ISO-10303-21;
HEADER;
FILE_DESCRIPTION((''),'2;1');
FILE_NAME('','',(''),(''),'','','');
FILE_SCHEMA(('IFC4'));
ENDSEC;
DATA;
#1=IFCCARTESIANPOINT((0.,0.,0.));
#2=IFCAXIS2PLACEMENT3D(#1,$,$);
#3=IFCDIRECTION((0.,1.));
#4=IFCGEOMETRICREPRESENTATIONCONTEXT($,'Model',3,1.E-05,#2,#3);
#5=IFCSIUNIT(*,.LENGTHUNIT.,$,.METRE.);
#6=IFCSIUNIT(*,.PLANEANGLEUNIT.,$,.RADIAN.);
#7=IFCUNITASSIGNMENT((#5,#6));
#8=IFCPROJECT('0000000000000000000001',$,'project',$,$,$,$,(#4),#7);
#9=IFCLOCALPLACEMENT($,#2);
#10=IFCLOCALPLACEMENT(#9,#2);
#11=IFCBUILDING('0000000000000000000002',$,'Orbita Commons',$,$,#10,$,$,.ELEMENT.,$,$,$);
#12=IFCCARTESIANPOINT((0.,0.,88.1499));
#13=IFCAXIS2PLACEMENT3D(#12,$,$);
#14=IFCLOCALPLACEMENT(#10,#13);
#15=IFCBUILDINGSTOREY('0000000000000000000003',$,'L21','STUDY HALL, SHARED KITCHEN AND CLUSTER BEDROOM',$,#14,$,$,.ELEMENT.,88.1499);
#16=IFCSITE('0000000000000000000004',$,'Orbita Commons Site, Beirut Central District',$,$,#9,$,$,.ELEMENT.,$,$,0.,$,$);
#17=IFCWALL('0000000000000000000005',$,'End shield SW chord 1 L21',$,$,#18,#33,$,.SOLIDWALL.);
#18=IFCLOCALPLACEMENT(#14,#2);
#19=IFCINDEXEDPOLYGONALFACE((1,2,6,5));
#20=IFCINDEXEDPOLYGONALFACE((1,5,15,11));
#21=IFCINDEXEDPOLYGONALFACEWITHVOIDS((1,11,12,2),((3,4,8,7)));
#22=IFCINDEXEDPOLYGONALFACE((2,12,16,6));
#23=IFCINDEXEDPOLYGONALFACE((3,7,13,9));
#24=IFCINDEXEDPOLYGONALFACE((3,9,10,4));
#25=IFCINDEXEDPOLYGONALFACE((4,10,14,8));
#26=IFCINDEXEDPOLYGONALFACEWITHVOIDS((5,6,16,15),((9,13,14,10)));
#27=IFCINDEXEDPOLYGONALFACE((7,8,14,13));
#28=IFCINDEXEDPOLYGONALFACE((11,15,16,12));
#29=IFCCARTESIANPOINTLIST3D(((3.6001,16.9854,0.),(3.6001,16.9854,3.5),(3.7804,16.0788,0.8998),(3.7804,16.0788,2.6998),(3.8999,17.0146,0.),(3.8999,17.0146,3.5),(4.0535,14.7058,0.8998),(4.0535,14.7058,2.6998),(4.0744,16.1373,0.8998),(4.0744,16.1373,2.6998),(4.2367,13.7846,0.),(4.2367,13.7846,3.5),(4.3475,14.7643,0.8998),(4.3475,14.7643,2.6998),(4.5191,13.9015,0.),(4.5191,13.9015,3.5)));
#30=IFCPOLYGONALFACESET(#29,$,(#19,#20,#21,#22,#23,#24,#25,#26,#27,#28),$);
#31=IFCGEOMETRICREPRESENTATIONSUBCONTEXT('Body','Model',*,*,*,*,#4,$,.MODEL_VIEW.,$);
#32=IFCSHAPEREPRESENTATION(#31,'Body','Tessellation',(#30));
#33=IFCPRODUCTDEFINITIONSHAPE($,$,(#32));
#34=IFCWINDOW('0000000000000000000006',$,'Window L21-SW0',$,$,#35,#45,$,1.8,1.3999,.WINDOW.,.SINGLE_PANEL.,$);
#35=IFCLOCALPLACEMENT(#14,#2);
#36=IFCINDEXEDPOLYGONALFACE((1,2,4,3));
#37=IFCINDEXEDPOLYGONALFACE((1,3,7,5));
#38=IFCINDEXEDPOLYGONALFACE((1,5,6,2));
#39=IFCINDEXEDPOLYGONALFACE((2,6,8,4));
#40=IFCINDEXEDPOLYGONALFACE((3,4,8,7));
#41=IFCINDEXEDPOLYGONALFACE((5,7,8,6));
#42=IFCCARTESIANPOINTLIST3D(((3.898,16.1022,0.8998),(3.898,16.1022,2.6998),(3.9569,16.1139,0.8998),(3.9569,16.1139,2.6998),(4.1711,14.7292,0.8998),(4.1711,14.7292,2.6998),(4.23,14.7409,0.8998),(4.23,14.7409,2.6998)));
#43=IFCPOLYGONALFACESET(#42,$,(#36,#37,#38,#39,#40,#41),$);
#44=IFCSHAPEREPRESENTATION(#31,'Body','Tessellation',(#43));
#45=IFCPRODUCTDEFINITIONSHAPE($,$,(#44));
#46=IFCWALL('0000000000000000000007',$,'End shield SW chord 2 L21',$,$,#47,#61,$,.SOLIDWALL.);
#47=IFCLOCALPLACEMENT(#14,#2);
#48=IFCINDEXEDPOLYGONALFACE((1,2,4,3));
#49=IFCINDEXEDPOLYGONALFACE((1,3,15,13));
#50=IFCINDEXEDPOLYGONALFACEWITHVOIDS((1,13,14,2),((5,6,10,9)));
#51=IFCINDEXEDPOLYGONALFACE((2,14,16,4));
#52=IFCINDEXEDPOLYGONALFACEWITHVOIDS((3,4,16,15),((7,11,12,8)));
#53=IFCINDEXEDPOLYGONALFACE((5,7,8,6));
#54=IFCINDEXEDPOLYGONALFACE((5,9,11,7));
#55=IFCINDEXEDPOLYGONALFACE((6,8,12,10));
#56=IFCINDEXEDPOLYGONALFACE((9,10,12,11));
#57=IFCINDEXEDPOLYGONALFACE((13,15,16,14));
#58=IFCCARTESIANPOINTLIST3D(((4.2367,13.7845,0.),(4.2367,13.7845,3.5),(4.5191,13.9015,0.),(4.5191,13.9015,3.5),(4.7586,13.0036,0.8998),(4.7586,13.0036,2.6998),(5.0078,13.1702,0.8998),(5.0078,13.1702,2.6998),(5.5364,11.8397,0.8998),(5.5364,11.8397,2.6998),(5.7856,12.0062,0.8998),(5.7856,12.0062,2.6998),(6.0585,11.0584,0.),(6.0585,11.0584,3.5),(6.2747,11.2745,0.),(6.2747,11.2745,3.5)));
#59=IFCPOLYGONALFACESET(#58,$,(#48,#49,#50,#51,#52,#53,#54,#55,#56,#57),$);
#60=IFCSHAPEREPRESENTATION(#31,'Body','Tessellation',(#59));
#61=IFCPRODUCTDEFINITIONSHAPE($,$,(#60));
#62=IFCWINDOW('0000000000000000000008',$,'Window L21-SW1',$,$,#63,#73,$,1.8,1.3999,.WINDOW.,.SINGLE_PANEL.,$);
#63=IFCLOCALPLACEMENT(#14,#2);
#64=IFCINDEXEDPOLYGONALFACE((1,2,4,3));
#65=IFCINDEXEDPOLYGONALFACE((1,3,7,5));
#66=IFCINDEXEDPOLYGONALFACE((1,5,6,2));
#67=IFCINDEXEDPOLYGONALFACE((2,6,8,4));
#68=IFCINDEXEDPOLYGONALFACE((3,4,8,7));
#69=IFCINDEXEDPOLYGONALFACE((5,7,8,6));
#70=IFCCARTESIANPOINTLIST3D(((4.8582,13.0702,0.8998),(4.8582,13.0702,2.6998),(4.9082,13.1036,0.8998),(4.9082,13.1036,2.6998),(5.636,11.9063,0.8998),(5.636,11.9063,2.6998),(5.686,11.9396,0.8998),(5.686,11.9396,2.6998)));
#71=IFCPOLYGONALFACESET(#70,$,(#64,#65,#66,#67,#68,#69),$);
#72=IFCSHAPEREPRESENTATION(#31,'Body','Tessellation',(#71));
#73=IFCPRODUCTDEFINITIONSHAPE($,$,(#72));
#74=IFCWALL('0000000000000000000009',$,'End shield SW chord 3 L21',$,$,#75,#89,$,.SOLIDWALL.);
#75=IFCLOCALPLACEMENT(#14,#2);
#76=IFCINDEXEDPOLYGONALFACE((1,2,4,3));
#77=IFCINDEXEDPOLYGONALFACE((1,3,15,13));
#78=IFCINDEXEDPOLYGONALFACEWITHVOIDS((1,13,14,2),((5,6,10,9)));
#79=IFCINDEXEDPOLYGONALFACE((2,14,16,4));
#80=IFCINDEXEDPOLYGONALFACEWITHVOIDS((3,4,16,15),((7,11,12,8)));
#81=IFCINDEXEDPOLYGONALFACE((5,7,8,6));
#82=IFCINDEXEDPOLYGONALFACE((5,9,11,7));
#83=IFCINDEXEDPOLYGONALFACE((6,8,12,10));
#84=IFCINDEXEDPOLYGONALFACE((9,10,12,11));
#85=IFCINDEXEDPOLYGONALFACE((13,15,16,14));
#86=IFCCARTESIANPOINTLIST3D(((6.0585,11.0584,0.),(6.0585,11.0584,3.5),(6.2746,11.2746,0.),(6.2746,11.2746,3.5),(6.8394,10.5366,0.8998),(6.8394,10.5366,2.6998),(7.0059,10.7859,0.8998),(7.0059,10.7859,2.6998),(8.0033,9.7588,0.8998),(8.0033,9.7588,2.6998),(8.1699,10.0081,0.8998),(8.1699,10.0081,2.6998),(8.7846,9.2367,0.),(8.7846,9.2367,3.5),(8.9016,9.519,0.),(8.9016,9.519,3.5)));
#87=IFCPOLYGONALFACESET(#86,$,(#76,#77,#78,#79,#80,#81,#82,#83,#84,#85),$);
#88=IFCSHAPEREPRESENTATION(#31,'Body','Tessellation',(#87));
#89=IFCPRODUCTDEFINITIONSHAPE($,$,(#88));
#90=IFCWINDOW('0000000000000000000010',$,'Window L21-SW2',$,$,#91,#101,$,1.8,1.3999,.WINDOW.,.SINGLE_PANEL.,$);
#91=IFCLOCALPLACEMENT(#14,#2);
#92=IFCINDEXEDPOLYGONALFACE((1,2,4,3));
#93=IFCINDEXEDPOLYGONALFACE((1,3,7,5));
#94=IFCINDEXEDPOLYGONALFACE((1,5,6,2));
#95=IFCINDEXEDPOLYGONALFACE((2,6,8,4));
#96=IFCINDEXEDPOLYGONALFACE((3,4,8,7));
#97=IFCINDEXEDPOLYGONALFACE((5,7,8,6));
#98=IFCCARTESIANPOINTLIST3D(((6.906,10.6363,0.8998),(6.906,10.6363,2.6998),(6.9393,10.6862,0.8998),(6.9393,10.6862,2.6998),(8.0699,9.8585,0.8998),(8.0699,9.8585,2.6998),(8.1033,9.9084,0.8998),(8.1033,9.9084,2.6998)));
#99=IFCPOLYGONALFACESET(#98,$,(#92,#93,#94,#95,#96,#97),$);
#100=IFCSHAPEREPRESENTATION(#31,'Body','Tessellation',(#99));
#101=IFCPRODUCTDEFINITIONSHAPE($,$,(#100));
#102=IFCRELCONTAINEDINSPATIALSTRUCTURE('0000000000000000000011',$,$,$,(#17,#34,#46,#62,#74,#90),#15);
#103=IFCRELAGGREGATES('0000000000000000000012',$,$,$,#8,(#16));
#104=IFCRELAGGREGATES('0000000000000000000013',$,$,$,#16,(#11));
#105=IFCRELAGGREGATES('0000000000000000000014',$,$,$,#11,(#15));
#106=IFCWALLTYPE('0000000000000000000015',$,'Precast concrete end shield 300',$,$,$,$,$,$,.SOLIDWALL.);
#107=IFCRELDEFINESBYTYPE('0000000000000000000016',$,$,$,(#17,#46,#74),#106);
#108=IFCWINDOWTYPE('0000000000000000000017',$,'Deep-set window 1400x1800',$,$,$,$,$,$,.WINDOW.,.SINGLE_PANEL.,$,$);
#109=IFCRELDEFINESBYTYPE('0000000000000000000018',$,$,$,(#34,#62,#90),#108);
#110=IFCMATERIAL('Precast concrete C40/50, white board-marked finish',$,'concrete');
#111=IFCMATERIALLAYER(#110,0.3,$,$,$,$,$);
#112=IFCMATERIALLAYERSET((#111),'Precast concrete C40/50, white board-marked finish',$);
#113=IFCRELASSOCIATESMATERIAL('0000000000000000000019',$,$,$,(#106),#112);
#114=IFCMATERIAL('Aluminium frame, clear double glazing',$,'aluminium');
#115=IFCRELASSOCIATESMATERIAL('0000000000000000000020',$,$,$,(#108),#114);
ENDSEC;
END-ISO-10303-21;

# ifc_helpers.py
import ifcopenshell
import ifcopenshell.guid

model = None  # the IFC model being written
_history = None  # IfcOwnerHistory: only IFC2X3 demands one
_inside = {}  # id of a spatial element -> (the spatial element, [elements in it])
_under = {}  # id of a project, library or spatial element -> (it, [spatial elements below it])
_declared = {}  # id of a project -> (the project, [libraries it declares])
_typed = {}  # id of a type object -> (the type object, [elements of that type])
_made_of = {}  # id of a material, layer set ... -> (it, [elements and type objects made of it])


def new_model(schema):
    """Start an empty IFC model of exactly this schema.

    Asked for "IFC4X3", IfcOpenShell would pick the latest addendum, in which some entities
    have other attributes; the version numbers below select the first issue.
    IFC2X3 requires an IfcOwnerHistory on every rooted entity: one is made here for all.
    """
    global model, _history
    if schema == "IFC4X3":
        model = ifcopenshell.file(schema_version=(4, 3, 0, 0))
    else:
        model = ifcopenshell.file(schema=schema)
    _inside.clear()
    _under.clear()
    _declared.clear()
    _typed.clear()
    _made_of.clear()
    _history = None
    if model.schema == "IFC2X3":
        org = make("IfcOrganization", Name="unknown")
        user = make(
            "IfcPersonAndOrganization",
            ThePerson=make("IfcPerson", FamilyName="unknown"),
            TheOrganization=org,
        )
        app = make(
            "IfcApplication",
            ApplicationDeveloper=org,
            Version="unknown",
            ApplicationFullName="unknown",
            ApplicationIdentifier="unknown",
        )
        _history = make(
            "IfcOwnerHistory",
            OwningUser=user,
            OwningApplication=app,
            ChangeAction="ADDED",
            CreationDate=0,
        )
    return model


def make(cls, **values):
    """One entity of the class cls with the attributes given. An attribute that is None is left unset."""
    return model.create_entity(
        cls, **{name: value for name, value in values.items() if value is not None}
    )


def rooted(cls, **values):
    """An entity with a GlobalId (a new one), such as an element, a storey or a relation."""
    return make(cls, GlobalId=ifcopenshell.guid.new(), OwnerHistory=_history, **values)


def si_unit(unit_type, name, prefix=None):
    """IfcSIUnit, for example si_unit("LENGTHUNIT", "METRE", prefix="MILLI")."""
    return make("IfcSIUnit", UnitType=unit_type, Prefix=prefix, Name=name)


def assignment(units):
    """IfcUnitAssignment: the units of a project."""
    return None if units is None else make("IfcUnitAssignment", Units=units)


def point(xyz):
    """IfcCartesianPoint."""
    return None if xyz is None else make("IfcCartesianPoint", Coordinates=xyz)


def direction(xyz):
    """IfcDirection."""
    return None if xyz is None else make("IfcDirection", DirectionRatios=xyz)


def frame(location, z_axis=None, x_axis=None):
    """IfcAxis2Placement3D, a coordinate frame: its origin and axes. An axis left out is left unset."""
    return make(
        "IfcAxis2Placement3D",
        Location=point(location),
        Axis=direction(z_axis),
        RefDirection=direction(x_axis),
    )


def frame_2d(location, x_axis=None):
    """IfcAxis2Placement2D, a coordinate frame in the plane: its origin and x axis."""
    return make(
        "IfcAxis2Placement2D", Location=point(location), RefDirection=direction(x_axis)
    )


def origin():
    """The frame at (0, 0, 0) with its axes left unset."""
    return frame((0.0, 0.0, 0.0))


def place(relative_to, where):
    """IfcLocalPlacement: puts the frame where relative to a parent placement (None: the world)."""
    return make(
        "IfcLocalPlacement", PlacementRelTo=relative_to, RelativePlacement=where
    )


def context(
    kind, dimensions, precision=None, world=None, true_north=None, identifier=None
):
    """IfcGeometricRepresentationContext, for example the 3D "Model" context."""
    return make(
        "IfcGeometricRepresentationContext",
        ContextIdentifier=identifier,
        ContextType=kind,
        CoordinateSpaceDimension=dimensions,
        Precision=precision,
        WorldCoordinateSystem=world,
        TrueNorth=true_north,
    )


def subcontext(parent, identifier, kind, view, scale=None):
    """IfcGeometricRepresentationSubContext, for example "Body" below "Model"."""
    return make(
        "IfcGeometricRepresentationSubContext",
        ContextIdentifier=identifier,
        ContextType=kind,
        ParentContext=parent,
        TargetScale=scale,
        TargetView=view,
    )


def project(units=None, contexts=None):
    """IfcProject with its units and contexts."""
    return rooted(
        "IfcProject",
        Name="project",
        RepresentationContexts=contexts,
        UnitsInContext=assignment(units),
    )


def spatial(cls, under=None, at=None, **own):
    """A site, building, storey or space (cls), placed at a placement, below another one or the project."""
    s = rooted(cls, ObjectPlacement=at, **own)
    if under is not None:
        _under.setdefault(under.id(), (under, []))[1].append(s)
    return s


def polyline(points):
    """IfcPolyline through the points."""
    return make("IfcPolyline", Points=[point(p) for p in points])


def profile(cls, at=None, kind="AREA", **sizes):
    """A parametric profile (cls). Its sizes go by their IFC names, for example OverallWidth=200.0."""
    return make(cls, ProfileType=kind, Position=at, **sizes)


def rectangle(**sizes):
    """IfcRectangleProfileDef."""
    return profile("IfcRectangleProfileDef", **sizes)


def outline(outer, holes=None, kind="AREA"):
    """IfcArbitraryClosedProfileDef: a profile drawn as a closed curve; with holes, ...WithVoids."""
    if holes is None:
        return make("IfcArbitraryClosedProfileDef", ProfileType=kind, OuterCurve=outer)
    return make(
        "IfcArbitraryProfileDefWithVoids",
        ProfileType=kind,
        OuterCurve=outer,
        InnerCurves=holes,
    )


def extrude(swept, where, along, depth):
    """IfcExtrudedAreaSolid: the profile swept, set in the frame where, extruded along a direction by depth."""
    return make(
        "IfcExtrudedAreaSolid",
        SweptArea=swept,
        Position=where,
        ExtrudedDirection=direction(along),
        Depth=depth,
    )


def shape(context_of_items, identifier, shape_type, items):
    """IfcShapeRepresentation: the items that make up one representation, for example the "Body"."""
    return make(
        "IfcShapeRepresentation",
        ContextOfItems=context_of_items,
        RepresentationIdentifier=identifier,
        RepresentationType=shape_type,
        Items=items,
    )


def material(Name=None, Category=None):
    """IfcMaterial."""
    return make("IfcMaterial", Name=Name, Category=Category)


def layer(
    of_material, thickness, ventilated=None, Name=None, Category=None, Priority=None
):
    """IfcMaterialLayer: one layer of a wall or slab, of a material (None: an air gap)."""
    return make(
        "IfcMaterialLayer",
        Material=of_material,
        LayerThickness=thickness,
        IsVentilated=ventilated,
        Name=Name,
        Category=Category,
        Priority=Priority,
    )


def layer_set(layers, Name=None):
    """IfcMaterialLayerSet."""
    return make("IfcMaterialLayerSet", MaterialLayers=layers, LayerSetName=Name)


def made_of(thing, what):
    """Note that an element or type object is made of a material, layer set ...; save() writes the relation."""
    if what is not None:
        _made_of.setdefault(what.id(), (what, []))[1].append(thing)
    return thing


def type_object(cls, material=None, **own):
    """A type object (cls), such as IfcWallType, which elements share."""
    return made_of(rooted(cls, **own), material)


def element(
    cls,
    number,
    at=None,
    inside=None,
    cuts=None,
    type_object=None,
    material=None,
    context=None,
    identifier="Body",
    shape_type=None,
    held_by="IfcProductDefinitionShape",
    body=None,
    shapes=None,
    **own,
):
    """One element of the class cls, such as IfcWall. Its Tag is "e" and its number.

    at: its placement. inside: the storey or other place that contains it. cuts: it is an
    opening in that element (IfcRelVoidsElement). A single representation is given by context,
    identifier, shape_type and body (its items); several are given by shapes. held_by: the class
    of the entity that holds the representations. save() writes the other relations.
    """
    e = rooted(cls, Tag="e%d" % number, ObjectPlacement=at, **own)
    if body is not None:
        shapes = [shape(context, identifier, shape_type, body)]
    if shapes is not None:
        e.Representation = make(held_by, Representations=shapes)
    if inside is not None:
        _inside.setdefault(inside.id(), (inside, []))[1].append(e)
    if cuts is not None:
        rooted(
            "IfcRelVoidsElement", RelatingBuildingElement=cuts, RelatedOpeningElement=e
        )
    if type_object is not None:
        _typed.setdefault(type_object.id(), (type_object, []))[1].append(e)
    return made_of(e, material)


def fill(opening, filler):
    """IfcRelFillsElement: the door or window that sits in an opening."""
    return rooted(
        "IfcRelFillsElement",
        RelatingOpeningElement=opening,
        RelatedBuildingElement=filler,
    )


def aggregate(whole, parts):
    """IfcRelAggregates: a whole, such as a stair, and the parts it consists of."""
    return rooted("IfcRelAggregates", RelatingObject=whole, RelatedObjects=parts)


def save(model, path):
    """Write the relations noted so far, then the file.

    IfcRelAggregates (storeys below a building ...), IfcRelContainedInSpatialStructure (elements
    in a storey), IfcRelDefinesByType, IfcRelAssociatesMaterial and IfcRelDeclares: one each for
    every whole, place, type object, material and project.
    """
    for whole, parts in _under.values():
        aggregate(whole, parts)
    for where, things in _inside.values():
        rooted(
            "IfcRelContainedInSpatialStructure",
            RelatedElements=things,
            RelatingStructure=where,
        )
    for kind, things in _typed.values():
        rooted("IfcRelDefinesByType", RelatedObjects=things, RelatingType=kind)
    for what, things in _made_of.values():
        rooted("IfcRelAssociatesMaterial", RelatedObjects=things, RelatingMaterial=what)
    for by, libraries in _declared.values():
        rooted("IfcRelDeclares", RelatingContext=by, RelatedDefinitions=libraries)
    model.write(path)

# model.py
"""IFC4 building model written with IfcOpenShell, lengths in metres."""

from ifc_helpers import new_model, si_unit, direction, frame, frame_2d, origin, place, context, subcontext, project, spatial, polyline, rectangle, outline, extrude, material, layer, layer_set, type_object, element, fill, save


model = new_model("IFC4")

# Units and contexts
model_context = context("Model", 3, precision=1e-05, world=origin(), true_north=direction((0.0, 1.0)))
body_context = subcontext(model_context, "Body", "Model", "MODEL_VIEW")
ifc_project = project(units=[si_unit("LENGTHUNIT", "METRE"), si_unit("PLANEANGLEUNIT", "RADIAN")], contexts=[model_context])

# Site, building, storey
site_placement = place(None, origin())
site = spatial("IfcSite", under=ifc_project, at=site_placement, Name="Orbita Commons Site, Beirut Central District", CompositionType="ELEMENT", RefElevation=0.0)
building_placement = place(site_placement, origin())
building = spatial("IfcBuilding", under=site, at=building_placement, Name="Orbita Commons", CompositionType="ELEMENT")
storey_placement = place(building_placement, frame((0.0, 0.0, 88.1499)))
storey = spatial("IfcBuildingStorey", under=building, at=storey_placement, Name="L21", Description="STUDY HALL, SHARED KITCHEN AND CLUSTER BEDROOM", CompositionType="ELEMENT", Elevation=88.1499)

# Walls, openings, windows
ifc_material_1 = material(Name="Precast concrete C40/50, white board-marked finish", Category="concrete")
ifc_layer_1 = layer(ifc_material_1, 0.3)
ifc_layer_set_1 = layer_set([ifc_layer_1], Name="Precast concrete C40/50, white board-marked finish")
wall_type_1 = type_object("IfcWallType", Name="Precast concrete end shield 300", PredefinedType="SOLIDWALL", material=ifc_layer_set_1)
wall_1_placement = place(storey_placement, frame((3.75, 17.0, 0.0), z_axis=(0.0, 0.0, 1.0), x_axis=(0.19508, -0.980787, 0.0)))
wall_1 = element("IfcWall", 1, at=wall_1_placement, inside=storey, type_object=wall_type_1, Name="End shield SW chord 1 L21", PredefinedType="SOLIDWALL", context=body_context, shape_type="SweptSolid", body=[
    extrude(outline(polyline([(-0.0149, -0.1499), (3.2485, -0.1499), (3.189, 0.1499), (0.0149, 0.1499), (-0.0149, -0.1499)])), origin(), (0.0, 0.0, 1.0), 3.5),
])
opening_1_placement = place(wall_1_placement, frame((0.9094, 0.0, 0.8999)))
opening_1 = element("IfcOpeningElement", 2, at=opening_1_placement, cuts=wall_1, PredefinedType="OPENING", context=body_context, shape_type="SweptSolid", body=[
    extrude(rectangle(XDim=1.3999, YDim=1.8, at=frame_2d((0.7, 0.8999))), frame((0.0, 0.1599, 0.0), z_axis=(0.0, -1.0, 0.0), x_axis=(1.0, 0.0, 0.0)), (0.0, 0.0, 1.0), 0.3201),
])
ifc_material_2 = material(Name="Aluminium frame, clear double glazing", Category="aluminium")
window_type = type_object("IfcWindowType", Name="Deep-set window 1400x1800", PartitioningType="SINGLE_PANEL", PredefinedType="WINDOW", material=ifc_material_2)
window_1_placement = place(opening_1_placement, origin())
window_1 = element("IfcWindow", 3, at=window_1_placement, inside=storey, type_object=window_type, Name="Window L21-SW0", OverallHeight=1.8, OverallWidth=1.3999, PartitioningType="SINGLE_PANEL", PredefinedType="WINDOW", context=body_context, shape_type="SweptSolid", body=[
    extrude(rectangle(XDim=1.3999, YDim=1.8, at=frame_2d((0.7, 0.8999))), frame((0.0, 0.03, 0.0), z_axis=(0.0, -1.0, 0.0), x_axis=(1.0, 0.0, 0.0)), (0.0, 0.0, 1.0), 0.0601),
])
fill(opening_1, window_1)
wall_2_placement = place(storey_placement, frame((4.3779, 13.843, 0.0), z_axis=(0.0, 0.0, 1.0), x_axis=(0.55561, -0.831443, 0.0)))
wall_2 = element("IfcWall", 4, at=wall_2_placement, inside=storey, type_object=wall_type_1, Name="End shield SW chord 2 L21", PredefinedType="SOLIDWALL", context=body_context, shape_type="SweptSolid", body=[
    extrude(outline(polyline([(-0.0298, -0.1499), (3.249, -0.1499), (3.1895, 0.1499), (0.0298, 0.1499), (-0.0298, -0.1499)])), origin(), (0.0, 0.0, 1.0), 3.5),
])
opening_2_placement = place(wall_2_placement, frame((0.9094, 0.0, 0.8999)))
opening_2 = element("IfcOpeningElement", 5, at=opening_2_placement, cuts=wall_2, PredefinedType="OPENING", context=body_context, shape_type="SweptSolid", body=[
    extrude(rectangle(XDim=1.3999, YDim=1.8, at=frame_2d((0.7, 0.8999))), frame((0.0, 0.1599, 0.0), z_axis=(0.0, -1.0, 0.0), x_axis=(1.0, 0.0, 0.0)), (0.0, 0.0, 1.0), 0.3201),
])
window_2_placement = place(opening_2_placement, origin())
window_2 = element("IfcWindow", 6, at=window_2_placement, inside=storey, type_object=window_type, Name="Window L21-SW1", OverallHeight=1.8, OverallWidth=1.3999, PartitioningType="SINGLE_PANEL", PredefinedType="WINDOW", context=body_context, shape_type="SweptSolid", body=[
    extrude(rectangle(XDim=1.3999, YDim=1.8, at=frame_2d((0.7, 0.8999))), frame((0.0, 0.03, 0.0), z_axis=(0.0, -1.0, 0.0), x_axis=(1.0, 0.0, 0.0)), (0.0, 0.0, 1.0), 0.0601),
])
fill(opening_2, window_2)
wall_3_placement = place(storey_placement, frame((6.1665, 11.1665, 0.0), z_axis=(0.0, 0.0, 1.0), x_axis=(0.831443, -0.55561, 0.0)))
wall_3 = element("IfcWall", 7, at=wall_3_placement, inside=storey, type_object=wall_type_1, Name="End shield SW chord 3 L21", PredefinedType="SOLIDWALL", context=body_context, shape_type="SweptSolid", body=[
    extrude(outline(polyline([(-0.0298, -0.1499), (3.249, -0.1499), (3.1895, 0.1499), (0.0298, 0.1499), (-0.0298, -0.1499)])), origin(), (0.0, 0.0, 1.0), 3.5),
])
opening_3_placement = place(wall_3_placement, frame((0.9094, 0.0, 0.8999)))
opening_3 = element("IfcOpeningElement", 8, at=opening_3_placement, cuts=wall_3, PredefinedType="OPENING", context=body_context, shape_type="SweptSolid", body=[
    extrude(rectangle(XDim=1.3999, YDim=1.8, at=frame_2d((0.7, 0.8999))), frame((0.0, 0.1599, 0.0), z_axis=(0.0, -1.0, 0.0), x_axis=(1.0, 0.0, 0.0)), (0.0, 0.0, 1.0), 0.3201),
])
window_3_placement = place(opening_3_placement, origin())
window_3 = element("IfcWindow", 9, at=window_3_placement, inside=storey, type_object=window_type, Name="Window L21-SW2", OverallHeight=1.8, OverallWidth=1.3999, PartitioningType="SINGLE_PANEL", PredefinedType="WINDOW", context=body_context, shape_type="SweptSolid", body=[
    extrude(rectangle(XDim=1.3999, YDim=1.8, at=frame_2d((0.7, 0.8999))), frame((0.0, 0.03, 0.0), z_axis=(0.0, -1.0, 0.0), x_axis=(1.0, 0.0, 0.0)), (0.0, 0.0, 1.0), 0.0601),
])
fill(opening_3, window_3)

save(model, "model.ifc")
